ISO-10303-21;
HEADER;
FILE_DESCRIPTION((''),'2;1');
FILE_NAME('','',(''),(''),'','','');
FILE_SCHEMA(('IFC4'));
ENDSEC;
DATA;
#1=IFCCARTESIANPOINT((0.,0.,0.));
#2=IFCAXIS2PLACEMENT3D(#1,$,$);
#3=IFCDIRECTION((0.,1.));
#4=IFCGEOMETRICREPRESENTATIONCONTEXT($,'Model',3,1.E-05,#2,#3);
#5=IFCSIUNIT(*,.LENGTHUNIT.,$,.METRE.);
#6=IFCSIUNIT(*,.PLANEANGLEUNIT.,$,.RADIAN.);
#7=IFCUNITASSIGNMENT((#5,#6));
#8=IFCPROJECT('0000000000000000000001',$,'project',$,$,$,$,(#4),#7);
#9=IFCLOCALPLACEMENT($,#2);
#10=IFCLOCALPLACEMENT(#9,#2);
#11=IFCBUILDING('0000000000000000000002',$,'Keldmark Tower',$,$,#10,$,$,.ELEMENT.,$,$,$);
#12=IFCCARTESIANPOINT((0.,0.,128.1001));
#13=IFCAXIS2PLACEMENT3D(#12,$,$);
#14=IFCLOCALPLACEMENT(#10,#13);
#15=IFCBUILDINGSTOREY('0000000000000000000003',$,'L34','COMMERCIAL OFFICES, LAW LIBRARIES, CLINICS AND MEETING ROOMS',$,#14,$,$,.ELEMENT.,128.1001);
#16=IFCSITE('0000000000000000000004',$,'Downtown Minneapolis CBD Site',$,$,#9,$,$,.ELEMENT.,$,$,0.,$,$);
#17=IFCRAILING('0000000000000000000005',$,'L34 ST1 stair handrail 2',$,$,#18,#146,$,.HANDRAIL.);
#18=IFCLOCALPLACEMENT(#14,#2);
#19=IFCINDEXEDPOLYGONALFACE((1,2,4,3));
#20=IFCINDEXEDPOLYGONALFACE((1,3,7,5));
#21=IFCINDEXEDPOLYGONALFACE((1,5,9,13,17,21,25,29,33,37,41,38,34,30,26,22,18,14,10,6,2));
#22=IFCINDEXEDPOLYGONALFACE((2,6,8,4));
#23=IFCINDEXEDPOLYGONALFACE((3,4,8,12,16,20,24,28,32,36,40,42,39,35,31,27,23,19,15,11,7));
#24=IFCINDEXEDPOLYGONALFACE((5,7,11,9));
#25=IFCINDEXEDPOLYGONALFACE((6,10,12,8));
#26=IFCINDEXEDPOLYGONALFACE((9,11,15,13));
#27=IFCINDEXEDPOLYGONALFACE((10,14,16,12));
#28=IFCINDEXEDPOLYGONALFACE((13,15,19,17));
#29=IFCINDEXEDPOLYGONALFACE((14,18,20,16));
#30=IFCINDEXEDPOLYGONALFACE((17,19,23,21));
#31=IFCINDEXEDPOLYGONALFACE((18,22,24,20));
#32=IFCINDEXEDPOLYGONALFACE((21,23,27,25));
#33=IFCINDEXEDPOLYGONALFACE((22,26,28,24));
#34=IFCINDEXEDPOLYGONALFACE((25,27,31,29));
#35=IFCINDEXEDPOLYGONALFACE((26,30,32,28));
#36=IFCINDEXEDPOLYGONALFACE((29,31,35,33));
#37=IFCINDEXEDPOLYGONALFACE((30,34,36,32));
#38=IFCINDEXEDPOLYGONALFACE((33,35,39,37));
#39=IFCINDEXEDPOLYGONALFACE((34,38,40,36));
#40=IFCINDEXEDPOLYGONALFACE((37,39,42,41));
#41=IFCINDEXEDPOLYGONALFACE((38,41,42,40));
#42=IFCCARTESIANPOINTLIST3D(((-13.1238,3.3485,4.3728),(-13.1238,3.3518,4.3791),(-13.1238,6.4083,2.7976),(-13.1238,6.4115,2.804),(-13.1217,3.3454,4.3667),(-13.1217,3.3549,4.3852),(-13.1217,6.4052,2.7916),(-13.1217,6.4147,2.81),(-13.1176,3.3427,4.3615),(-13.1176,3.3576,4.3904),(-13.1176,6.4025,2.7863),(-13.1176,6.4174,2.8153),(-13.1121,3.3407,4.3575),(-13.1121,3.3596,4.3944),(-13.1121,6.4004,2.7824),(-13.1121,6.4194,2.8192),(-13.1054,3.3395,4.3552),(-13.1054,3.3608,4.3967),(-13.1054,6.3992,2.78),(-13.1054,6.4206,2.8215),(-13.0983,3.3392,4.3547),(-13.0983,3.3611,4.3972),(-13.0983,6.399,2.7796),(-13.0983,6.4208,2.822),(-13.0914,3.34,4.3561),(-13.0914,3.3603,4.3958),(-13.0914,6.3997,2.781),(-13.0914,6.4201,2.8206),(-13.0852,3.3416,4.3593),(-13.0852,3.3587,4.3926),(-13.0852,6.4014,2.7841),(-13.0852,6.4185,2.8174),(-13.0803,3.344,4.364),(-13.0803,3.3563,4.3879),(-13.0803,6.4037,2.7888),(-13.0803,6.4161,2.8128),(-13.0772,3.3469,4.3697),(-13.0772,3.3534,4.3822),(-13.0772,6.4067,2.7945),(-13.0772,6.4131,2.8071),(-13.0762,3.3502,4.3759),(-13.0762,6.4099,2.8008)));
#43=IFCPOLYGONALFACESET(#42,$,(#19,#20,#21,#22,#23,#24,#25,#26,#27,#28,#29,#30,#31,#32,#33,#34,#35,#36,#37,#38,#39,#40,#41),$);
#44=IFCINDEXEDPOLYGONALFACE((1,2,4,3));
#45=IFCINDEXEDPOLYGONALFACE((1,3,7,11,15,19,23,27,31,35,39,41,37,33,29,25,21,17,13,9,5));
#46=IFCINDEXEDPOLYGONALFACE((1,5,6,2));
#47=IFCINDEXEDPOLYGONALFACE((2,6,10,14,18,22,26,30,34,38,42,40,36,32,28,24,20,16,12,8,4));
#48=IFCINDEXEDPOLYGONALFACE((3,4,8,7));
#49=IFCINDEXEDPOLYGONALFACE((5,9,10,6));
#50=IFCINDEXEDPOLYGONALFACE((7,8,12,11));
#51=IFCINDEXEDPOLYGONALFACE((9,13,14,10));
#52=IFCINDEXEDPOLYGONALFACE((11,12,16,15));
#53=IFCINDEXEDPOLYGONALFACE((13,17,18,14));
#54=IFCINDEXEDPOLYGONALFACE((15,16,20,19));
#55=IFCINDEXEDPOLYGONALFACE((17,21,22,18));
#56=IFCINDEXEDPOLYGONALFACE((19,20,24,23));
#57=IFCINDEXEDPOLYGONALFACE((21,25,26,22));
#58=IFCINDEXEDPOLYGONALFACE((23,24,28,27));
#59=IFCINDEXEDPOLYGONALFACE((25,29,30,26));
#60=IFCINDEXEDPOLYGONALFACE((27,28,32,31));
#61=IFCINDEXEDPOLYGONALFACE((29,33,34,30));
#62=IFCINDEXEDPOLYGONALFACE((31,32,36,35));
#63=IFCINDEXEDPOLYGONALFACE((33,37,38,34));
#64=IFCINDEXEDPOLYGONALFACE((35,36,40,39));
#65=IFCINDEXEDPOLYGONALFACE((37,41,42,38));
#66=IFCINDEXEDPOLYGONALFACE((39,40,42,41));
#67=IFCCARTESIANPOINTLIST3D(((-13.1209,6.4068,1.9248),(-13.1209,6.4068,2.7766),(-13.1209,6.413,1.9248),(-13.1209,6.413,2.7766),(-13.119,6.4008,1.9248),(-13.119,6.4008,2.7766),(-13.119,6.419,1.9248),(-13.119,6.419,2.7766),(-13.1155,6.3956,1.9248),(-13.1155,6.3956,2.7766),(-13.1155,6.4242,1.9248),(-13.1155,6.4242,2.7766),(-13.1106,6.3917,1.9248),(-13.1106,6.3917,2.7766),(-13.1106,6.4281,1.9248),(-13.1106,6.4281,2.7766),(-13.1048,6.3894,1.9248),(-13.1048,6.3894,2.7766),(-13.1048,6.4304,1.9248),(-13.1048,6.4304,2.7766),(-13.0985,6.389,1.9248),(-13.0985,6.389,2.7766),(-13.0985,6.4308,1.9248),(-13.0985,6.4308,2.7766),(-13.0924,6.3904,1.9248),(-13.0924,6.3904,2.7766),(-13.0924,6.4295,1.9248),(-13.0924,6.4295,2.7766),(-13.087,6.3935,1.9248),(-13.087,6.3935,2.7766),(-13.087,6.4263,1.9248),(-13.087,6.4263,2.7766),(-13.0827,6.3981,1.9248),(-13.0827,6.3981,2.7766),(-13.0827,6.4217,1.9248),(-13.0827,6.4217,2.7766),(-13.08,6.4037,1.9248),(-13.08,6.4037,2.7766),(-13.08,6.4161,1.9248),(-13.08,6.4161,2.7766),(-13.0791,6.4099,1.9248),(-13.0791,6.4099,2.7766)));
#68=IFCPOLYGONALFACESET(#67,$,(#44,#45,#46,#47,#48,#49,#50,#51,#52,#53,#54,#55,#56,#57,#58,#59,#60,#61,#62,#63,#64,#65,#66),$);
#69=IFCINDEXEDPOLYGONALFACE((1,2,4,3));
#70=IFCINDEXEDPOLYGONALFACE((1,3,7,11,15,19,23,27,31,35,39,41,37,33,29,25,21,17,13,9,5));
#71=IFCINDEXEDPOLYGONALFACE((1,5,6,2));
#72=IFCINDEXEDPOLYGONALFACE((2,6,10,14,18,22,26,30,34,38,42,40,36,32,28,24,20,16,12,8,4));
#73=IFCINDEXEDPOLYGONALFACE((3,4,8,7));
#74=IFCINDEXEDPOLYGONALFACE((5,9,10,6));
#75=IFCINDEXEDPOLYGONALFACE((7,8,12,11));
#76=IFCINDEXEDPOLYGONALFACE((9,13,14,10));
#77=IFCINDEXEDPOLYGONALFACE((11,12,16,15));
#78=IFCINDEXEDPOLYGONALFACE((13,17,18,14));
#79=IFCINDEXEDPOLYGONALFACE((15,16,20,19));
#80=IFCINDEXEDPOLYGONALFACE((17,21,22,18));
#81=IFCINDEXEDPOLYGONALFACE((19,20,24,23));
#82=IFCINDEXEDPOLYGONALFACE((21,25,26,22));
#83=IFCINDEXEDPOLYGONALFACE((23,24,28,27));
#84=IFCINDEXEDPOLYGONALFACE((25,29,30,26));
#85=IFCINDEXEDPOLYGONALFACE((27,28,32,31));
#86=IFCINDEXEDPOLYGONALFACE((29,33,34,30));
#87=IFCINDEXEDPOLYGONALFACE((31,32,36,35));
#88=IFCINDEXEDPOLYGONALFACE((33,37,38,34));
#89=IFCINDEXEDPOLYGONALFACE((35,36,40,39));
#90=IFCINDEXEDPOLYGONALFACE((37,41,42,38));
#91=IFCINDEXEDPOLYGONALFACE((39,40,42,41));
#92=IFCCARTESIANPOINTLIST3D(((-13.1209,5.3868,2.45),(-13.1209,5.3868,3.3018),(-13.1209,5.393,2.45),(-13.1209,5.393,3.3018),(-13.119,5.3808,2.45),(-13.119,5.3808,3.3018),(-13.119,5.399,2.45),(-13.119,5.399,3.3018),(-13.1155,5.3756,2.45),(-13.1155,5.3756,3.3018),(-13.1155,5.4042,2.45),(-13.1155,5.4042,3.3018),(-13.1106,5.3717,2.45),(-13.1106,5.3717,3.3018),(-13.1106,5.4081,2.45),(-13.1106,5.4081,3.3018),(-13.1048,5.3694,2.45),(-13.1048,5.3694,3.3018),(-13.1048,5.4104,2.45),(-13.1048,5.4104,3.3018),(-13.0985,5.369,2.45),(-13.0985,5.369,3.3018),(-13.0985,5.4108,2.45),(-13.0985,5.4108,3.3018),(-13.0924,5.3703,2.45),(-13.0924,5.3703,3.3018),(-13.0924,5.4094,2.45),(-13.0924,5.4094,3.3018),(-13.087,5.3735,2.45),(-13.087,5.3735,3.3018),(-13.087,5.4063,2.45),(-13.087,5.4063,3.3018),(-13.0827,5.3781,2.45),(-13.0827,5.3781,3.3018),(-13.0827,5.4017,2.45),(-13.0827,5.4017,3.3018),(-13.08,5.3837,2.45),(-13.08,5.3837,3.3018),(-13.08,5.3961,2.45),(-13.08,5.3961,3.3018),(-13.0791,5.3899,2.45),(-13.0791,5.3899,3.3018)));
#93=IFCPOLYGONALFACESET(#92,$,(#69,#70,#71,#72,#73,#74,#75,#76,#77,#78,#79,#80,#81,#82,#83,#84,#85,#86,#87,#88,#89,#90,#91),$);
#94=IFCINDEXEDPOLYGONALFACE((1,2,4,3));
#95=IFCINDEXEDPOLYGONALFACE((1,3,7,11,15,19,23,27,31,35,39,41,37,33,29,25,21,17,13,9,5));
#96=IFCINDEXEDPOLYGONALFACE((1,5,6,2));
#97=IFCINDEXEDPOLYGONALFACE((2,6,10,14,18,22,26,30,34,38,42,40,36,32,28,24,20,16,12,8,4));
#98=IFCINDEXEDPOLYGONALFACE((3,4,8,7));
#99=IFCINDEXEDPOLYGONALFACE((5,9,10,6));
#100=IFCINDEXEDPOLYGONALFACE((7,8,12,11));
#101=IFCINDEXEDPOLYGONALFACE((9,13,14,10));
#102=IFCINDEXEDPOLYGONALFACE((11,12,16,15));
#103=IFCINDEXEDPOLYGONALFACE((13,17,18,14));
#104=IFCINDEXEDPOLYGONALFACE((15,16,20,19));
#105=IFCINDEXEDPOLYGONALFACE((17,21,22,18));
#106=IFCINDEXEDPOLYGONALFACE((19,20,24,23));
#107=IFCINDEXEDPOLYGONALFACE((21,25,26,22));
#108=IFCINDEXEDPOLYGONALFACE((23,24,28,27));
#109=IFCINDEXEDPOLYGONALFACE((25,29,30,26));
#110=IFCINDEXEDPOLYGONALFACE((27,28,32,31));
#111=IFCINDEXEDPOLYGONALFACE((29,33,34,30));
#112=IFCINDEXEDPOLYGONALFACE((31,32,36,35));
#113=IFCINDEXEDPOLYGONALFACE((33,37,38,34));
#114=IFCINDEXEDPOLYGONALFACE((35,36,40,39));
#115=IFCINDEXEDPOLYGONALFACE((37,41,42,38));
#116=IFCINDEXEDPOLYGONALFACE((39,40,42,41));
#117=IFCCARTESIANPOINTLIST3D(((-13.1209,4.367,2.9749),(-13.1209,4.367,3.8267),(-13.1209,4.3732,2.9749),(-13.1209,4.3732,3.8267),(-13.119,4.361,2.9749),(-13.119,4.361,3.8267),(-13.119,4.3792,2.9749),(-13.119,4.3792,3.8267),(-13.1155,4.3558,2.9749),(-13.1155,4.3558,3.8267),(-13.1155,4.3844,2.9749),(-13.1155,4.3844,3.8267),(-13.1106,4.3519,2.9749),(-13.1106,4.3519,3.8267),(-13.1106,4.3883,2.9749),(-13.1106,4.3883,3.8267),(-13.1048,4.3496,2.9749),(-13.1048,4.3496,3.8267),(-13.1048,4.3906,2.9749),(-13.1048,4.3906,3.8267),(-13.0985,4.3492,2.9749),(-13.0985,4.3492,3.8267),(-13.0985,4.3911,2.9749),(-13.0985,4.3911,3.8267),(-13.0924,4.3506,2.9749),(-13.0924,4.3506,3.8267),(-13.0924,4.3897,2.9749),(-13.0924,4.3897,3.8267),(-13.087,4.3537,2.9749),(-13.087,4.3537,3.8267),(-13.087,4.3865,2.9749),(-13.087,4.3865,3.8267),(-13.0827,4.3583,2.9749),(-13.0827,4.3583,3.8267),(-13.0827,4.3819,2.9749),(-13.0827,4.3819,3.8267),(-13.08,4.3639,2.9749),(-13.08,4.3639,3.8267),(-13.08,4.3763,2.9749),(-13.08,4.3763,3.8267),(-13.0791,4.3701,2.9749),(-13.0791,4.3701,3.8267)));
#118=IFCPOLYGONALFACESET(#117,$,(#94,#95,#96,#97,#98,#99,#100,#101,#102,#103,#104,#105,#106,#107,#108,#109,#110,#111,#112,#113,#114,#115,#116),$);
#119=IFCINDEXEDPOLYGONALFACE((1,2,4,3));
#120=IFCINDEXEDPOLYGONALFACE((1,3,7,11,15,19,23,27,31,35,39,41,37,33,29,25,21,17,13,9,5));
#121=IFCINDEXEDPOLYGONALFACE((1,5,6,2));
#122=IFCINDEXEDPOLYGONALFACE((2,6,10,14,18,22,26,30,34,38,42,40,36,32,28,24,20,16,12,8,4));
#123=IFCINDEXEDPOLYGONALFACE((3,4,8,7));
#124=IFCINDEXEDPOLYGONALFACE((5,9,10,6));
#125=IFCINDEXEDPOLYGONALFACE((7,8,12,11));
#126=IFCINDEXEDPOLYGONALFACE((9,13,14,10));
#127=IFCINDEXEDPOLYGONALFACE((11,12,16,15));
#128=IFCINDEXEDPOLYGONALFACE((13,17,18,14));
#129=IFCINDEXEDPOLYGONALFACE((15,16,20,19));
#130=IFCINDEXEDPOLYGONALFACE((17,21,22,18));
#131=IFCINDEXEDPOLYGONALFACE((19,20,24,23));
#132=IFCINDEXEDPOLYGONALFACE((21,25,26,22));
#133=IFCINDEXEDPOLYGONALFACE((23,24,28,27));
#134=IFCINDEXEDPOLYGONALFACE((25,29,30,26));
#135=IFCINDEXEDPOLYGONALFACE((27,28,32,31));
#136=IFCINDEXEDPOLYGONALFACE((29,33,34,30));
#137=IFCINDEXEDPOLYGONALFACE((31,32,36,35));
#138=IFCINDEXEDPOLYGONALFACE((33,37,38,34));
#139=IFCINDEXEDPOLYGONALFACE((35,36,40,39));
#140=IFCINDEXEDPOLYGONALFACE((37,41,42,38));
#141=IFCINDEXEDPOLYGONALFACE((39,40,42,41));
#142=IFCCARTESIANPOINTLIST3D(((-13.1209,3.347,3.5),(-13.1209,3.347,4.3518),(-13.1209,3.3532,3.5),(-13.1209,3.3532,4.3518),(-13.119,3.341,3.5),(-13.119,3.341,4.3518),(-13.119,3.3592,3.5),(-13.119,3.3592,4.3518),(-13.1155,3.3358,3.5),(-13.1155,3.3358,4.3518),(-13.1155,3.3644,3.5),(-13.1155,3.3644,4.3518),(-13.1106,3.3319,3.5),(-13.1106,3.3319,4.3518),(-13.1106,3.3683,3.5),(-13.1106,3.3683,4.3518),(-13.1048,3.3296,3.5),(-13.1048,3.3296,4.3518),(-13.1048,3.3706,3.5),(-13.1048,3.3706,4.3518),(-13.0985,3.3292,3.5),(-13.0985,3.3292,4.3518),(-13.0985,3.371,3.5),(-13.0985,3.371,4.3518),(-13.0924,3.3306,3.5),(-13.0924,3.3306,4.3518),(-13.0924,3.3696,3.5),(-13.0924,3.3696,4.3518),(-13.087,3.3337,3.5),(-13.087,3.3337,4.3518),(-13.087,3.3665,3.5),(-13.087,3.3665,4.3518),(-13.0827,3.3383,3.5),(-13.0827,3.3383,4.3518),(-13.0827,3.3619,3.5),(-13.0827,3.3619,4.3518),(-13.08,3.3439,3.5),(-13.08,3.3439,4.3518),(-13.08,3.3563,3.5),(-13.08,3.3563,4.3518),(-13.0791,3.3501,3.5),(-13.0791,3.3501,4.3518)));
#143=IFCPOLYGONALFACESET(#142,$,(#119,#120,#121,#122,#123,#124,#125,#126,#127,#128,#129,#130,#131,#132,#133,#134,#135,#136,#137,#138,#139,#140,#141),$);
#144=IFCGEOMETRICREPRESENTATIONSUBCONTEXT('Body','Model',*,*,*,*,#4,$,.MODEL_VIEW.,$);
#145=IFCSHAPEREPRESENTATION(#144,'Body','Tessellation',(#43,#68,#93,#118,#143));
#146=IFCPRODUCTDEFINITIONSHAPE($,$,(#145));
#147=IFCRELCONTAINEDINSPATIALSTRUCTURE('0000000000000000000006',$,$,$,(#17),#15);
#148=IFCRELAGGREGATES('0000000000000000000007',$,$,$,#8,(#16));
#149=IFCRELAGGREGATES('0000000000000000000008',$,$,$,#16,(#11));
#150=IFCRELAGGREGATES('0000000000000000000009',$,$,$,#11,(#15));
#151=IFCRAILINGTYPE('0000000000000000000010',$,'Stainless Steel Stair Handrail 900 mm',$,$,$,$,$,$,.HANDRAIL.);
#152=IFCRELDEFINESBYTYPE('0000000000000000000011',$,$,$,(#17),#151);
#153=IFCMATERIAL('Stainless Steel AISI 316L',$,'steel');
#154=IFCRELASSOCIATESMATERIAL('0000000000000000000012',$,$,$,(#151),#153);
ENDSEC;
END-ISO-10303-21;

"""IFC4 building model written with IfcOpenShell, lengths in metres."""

from ifc_helpers import new_model, si_unit, direction, frame, origin, origin_2d, place, context, subcontext, project, spatial, circle, extrude, material, type_object, element, save


model = new_model("IFC4")

# Units and contexts
model_context = context("Model", 3, precision=1e-05, world=origin(), true_north=direction((0.0, 1.0)))
body_context = subcontext(model_context, "Body", "Model", "MODEL_VIEW")
ifc_project = project(units=[si_unit("LENGTHUNIT", "METRE"), si_unit("PLANEANGLEUNIT", "RADIAN")], contexts=[model_context])

# Site, building, storey
site_placement = place(None, origin())
site = spatial("IfcSite", under=ifc_project, at=site_placement, Name="Downtown Minneapolis CBD Site", CompositionType="ELEMENT", RefElevation=0.0)
building_placement = place(site_placement, origin())
building = spatial("IfcBuilding", under=site, at=building_placement, Name="Keldmark Tower", CompositionType="ELEMENT")
storey_placement = place(building_placement, frame((0.0, 0.0, 128.1001)))
storey = spatial("IfcBuildingStorey", under=building, at=storey_placement, Name="L34", Description="COMMERCIAL OFFICES, LAW LIBRARIES, CLINICS AND MEETING ROOMS", CompositionType="ELEMENT", Elevation=128.1001)

# Railing
ifc_material_1 = material(Name="Stainless Steel AISI 316L", Category="steel")
railing_type_1 = type_object("IfcRailingType", Name="Stainless Steel Stair Handrail 900 mm", PredefinedType="HANDRAIL", material=ifc_material_1)
railing_1_placement = place(storey_placement, frame((-13.1001, 6.4099, 1.9248)))
element("IfcRailing", 1, at=railing_1_placement, inside=storey, type_object=railing_type_1, Name="L34 ST1 stair handrail 2", PredefinedType="HANDRAIL", context=body_context, shape_type="SweptSolid", body=[
    extrude(circle(Radius=0.0239, at=origin_2d()), frame((0.0, 0.0, 0.876), z_axis=(0.0, -0.889101, 0.45771), x_axis=(1.0, 0.0, 0.0)), (0.0, 0.0, 1.0), 3.4414),
    extrude(circle(Radius=0.021, at=origin_2d()), origin(), (0.0, 0.0, 1.0), 0.8518),
    extrude(circle(Radius=0.021, at=origin_2d()), frame((0.0, -1.02, 0.5251)), (0.0, 0.0, 1.0), 0.8518),
    extrude(circle(Radius=0.021, at=origin_2d()), frame((0.0, -2.0398, 1.05)), (0.0, 0.0, 1.0), 0.8518),
    extrude(circle(Radius=0.021, at=origin_2d()), frame((0.0, -3.0598, 1.5752)), (0.0, 0.0, 1.0), 0.8518),
])

save(model, "model.ifc")
